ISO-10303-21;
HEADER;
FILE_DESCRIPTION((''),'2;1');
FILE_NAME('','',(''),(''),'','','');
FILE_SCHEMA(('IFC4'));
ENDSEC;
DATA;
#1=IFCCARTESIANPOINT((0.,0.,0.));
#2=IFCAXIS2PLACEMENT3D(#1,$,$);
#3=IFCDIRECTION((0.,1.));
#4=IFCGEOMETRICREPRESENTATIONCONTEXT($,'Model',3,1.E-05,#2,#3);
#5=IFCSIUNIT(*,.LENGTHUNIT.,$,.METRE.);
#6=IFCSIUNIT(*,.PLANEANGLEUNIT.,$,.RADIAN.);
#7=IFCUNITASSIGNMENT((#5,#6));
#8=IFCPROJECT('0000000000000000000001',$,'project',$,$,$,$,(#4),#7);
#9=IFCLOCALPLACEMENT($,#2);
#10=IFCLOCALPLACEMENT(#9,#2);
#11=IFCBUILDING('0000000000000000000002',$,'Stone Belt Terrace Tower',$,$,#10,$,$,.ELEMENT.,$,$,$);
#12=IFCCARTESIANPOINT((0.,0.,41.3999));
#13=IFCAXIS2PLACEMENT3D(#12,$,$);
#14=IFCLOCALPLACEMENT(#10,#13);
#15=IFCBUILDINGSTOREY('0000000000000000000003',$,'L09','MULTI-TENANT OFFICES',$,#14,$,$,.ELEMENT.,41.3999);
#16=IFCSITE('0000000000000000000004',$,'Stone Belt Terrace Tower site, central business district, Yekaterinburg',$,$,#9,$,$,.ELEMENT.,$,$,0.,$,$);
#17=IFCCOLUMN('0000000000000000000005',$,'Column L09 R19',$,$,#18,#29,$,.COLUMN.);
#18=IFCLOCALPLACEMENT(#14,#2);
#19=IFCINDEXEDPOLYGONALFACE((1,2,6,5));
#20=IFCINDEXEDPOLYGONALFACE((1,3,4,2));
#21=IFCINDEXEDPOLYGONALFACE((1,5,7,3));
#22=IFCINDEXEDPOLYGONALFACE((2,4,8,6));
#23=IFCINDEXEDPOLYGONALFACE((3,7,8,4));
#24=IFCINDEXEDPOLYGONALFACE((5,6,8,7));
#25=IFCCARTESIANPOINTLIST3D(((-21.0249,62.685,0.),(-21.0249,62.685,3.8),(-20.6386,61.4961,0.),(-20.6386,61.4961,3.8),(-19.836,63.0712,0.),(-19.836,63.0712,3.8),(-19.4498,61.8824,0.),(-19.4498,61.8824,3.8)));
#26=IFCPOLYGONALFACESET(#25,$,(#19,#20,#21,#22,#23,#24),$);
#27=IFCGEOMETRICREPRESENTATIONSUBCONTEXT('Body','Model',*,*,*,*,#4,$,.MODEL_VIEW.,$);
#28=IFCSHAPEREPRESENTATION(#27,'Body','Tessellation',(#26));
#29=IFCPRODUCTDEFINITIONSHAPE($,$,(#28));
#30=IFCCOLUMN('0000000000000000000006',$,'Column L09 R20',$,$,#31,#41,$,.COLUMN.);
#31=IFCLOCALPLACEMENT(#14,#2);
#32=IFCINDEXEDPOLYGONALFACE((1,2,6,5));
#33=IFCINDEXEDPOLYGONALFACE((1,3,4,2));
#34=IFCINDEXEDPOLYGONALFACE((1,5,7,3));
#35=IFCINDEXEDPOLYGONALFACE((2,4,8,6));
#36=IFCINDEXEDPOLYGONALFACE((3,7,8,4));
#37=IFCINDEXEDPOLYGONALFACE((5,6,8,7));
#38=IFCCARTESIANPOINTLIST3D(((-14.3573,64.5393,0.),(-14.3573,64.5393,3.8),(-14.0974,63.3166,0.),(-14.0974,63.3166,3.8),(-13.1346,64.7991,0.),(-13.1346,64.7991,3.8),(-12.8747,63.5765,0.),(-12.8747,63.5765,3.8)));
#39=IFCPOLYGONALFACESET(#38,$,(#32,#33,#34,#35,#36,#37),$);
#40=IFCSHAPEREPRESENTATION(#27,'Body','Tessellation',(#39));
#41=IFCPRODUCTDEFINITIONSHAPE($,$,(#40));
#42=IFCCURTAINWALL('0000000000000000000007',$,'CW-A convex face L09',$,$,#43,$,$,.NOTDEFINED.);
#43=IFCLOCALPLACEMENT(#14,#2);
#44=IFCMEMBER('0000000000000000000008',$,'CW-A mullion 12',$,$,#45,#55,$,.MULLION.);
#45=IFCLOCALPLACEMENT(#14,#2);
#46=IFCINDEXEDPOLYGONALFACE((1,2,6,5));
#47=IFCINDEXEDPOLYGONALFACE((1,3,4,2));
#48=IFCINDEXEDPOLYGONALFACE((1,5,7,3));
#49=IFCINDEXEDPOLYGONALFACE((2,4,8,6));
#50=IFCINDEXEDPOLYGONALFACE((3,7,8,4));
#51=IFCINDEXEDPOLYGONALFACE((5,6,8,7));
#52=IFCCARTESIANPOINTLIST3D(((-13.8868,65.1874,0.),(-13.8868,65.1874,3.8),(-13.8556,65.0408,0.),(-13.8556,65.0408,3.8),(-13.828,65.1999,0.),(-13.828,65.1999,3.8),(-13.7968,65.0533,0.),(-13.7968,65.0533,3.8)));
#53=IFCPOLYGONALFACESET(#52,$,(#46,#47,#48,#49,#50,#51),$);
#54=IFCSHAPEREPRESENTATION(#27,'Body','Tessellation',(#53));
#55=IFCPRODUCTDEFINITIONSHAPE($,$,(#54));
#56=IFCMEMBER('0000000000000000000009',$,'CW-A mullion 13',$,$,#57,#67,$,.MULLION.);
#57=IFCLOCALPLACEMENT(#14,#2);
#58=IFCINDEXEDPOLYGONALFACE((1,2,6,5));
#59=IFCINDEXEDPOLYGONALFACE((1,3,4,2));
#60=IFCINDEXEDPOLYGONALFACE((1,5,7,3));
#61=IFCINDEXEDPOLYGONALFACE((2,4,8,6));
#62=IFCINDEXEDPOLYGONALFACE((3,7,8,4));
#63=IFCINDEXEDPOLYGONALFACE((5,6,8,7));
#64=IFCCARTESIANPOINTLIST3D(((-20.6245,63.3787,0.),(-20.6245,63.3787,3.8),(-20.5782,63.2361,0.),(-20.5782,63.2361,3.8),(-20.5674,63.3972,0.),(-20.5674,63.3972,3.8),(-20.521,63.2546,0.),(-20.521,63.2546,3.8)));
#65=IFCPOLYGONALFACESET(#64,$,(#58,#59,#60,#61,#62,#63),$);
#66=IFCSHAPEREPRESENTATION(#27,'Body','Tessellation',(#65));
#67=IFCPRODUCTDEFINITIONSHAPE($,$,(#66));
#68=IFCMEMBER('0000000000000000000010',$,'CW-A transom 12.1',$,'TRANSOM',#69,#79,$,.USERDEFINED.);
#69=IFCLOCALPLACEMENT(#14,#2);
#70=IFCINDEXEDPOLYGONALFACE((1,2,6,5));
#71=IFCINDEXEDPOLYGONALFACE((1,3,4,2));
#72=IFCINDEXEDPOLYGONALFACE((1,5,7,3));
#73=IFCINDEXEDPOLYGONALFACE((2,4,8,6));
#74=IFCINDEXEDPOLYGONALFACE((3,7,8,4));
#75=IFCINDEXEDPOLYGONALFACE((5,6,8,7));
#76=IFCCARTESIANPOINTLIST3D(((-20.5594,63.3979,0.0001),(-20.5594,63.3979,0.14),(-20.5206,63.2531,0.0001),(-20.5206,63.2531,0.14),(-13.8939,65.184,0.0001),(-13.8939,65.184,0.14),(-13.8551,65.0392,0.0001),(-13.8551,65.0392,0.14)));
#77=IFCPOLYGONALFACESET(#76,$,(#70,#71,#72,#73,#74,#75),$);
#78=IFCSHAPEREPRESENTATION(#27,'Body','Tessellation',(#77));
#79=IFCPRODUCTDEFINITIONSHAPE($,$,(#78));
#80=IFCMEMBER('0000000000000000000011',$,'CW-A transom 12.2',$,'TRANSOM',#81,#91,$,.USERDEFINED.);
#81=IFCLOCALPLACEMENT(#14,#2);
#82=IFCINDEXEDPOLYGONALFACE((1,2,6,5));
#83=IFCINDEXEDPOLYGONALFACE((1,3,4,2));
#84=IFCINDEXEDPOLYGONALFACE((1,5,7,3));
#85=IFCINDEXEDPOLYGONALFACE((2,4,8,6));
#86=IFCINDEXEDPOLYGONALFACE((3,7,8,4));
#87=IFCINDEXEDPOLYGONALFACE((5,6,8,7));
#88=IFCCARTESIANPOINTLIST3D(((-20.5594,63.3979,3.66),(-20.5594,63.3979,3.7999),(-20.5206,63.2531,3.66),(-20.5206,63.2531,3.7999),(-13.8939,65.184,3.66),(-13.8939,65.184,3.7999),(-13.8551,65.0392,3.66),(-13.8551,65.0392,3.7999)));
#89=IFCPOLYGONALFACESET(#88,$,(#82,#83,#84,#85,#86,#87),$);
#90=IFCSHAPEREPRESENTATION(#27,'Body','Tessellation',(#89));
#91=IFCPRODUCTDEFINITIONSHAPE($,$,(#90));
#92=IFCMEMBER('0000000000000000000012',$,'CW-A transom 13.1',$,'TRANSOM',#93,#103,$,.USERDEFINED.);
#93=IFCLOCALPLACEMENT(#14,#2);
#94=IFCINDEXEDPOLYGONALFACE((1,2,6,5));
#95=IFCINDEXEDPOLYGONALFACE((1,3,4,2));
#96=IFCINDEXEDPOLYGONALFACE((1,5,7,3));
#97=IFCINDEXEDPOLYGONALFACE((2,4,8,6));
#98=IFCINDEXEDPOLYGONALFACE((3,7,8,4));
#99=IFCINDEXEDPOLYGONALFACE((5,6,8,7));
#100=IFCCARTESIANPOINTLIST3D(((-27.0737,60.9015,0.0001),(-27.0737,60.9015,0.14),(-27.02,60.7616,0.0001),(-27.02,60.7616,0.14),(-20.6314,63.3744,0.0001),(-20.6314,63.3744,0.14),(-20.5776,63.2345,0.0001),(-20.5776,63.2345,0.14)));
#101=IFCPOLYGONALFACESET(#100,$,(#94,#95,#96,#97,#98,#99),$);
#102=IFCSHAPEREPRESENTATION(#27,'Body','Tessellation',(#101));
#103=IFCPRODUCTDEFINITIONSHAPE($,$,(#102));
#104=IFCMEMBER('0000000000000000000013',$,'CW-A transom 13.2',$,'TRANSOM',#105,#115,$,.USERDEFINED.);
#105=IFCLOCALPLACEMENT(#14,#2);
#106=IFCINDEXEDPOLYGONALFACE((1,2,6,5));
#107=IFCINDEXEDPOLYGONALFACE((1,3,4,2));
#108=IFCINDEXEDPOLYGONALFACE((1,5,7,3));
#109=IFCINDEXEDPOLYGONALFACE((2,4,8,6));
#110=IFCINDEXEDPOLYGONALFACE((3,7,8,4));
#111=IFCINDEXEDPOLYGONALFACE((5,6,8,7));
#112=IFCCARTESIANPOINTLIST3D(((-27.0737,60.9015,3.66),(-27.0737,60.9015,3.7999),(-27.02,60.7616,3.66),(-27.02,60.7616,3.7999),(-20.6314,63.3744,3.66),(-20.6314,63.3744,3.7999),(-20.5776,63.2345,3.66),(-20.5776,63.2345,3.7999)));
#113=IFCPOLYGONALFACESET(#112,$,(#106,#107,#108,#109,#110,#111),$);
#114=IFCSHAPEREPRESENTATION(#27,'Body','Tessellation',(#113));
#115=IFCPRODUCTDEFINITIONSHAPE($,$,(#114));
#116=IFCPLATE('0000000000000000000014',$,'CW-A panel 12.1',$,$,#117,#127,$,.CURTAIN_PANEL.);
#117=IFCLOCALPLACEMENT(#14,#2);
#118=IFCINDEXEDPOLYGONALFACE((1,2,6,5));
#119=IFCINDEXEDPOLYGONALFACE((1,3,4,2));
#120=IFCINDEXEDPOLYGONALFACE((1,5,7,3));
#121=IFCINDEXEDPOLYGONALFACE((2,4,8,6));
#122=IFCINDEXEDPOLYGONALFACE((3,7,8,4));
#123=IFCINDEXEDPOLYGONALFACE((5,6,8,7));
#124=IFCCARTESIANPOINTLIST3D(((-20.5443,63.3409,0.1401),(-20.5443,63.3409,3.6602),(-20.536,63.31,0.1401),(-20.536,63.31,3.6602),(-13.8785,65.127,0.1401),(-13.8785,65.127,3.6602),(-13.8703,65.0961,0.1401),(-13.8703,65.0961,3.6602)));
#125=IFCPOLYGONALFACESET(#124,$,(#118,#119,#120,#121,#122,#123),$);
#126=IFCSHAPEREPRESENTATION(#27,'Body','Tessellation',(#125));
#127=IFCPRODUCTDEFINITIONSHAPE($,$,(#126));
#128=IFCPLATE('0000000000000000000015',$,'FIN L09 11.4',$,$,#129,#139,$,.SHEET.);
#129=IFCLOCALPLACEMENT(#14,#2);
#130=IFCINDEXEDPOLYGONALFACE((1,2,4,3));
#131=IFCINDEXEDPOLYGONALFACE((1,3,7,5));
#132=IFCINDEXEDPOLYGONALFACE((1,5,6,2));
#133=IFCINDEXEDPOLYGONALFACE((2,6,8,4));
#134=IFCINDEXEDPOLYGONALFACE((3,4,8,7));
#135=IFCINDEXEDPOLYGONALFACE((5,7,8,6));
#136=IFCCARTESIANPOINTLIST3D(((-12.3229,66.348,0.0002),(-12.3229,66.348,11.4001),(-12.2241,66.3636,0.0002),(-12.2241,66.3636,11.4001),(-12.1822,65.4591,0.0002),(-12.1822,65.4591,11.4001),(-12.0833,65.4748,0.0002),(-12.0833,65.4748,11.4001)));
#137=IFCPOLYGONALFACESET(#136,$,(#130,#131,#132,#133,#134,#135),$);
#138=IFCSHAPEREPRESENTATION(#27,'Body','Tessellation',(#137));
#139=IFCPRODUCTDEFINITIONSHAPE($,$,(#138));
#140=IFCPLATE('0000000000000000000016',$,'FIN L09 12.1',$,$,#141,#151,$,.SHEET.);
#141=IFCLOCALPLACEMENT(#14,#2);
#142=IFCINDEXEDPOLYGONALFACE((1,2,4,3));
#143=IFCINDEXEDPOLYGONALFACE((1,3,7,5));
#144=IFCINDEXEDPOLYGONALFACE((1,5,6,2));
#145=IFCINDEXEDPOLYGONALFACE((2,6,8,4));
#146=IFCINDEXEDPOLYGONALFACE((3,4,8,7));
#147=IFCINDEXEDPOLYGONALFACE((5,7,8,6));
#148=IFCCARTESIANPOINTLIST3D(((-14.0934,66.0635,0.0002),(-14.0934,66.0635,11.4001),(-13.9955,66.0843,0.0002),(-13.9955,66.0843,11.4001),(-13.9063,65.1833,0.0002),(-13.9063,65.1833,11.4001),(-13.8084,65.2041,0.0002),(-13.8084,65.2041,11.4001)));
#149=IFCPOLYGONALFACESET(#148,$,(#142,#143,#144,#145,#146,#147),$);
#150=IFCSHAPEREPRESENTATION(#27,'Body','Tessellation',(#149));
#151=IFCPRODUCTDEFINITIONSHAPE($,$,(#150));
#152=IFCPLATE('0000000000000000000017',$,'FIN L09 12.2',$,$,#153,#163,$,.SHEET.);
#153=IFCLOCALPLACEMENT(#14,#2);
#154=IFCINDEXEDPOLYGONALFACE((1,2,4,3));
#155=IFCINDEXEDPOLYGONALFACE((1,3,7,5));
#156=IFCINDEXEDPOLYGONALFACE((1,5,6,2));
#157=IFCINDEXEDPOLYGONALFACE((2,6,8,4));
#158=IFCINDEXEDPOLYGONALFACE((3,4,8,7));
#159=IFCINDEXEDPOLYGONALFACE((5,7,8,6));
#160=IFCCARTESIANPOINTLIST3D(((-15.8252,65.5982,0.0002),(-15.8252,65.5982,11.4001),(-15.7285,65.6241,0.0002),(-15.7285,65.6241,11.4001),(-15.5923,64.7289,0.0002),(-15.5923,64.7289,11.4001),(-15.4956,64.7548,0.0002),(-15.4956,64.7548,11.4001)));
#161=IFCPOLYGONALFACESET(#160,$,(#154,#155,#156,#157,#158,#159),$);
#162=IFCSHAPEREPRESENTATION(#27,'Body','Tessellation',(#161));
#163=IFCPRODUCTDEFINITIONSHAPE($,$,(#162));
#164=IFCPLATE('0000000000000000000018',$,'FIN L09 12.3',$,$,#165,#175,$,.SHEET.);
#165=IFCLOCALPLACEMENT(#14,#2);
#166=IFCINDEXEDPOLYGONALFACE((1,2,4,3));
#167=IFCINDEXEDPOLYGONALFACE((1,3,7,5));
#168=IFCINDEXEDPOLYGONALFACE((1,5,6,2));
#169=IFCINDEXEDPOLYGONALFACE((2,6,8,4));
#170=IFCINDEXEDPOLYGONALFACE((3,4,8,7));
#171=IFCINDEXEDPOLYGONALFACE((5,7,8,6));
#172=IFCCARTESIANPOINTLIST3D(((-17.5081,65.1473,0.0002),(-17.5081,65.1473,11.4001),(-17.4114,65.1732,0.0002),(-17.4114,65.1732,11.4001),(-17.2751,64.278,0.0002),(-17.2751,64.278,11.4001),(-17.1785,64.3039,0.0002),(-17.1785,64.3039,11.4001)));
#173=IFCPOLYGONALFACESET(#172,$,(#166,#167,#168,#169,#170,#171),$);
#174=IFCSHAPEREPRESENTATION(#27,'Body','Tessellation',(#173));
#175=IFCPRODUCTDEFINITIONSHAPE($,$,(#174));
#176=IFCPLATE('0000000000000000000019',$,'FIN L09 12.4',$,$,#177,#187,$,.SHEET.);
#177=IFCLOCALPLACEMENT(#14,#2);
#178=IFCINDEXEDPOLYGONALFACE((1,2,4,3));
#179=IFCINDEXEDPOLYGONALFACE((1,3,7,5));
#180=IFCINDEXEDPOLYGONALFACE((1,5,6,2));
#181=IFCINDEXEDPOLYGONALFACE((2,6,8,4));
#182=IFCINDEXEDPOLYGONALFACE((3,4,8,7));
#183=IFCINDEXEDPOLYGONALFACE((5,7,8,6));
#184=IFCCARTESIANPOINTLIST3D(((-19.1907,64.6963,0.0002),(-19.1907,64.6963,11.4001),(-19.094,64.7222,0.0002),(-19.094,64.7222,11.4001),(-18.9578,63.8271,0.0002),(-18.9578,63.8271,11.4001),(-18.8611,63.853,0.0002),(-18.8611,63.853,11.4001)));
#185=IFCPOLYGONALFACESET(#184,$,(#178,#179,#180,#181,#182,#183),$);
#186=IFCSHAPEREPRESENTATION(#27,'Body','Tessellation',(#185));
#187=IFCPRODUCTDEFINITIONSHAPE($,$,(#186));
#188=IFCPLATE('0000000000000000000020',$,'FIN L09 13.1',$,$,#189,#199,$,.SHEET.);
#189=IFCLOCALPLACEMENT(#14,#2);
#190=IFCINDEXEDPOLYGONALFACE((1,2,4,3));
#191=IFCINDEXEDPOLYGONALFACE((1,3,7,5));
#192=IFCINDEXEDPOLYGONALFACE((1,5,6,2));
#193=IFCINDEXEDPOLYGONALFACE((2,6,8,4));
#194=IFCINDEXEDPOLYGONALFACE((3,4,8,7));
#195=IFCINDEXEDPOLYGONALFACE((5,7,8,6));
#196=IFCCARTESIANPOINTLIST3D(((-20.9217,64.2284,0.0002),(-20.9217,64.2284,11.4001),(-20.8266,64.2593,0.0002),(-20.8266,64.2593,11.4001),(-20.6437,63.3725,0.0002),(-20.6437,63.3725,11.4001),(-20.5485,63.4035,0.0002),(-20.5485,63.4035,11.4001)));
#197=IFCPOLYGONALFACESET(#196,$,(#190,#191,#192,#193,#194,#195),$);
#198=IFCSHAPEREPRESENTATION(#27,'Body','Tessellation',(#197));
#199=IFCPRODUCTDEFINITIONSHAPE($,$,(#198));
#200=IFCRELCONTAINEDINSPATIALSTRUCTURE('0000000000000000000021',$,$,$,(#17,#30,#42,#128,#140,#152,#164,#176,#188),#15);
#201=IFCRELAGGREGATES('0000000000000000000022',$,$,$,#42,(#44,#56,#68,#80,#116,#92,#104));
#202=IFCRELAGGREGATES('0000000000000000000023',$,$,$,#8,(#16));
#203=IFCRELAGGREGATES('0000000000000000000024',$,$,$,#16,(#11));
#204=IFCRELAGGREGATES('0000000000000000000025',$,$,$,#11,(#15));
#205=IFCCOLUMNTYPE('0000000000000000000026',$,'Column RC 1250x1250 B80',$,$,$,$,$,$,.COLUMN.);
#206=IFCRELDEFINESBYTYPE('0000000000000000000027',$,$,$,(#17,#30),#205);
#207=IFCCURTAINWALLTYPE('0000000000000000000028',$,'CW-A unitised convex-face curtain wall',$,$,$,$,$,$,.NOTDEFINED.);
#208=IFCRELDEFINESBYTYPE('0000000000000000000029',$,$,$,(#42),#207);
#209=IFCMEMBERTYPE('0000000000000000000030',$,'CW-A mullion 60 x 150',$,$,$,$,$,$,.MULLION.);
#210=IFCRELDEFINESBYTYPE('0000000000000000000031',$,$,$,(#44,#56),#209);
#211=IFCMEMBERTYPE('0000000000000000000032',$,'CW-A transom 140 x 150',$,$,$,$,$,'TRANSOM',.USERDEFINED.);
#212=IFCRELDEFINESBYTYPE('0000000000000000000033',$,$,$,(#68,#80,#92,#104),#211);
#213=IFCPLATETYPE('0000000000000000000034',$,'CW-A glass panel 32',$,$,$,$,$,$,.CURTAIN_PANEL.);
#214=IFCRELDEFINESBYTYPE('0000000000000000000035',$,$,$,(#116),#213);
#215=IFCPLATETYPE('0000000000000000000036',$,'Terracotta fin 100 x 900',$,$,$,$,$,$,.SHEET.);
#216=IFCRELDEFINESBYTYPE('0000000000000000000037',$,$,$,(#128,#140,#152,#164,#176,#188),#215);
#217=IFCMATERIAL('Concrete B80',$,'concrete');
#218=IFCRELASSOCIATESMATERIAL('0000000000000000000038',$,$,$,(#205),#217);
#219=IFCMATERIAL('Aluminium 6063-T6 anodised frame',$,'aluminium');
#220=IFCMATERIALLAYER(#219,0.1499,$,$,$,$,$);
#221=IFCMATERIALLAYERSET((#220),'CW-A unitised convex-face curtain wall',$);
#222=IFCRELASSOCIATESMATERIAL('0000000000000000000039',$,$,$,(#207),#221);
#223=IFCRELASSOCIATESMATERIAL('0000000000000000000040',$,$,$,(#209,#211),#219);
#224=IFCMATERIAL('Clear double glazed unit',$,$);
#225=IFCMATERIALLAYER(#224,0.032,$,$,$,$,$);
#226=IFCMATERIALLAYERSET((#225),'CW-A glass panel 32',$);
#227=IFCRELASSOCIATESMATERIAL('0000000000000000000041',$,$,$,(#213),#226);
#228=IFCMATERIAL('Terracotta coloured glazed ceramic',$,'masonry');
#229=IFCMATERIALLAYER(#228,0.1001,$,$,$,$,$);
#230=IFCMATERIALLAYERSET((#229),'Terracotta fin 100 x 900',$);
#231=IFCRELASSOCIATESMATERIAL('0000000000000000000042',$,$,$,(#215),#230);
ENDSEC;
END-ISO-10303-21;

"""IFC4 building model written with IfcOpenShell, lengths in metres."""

from ifc_helpers import new_model, si_unit, direction, frame, origin, origin_2d, place, context, subcontext, project, spatial, rectangle, extrude, material, layer, layer_set, material_profile, profile_set, type_object, element, aggregate, save


model = new_model("IFC4")

# Units and contexts
model_context = context("Model", 3, precision=1e-05, world=origin(), true_north=direction((0.0, 1.0)))
body_context = subcontext(model_context, "Body", "Model", "MODEL_VIEW")
ifc_project = project(units=[si_unit("LENGTHUNIT", "METRE"), si_unit("PLANEANGLEUNIT", "RADIAN")], contexts=[model_context])

# Site, building, storey
site_placement = place(None, origin())
site = spatial("IfcSite", under=ifc_project, at=site_placement, Name="Stone Belt Terrace Tower site, central business district, Yekaterinburg", CompositionType="ELEMENT", RefElevation=0.0)
building_placement = place(site_placement, origin())
building = spatial("IfcBuilding", under=site, at=building_placement, Name="Stone Belt Terrace Tower", CompositionType="ELEMENT")
storey_placement = place(building_placement, frame((0.0, 0.0, 41.3999)))
storey = spatial("IfcBuildingStorey", under=building, at=storey_placement, Name="L09", Description="MULTI-TENANT OFFICES", CompositionType="ELEMENT", Elevation=41.3999)

# Columns
ifc_material_1 = material(Name="Concrete B80", Category="concrete")
ifc_material_profile_1 = material_profile(ifc_material_1, rectangle(XDim=1.25, YDim=1.25, at=origin_2d()), Name="RC 1250x1250")
ifc_profile_set_1 = profile_set([ifc_material_profile_1], Name="Concrete B80")
column_type = type_object("IfcColumnType", Name="Column RC 1250x1250 B80", PredefinedType="COLUMN", material=ifc_profile_set_1)
for number, where, z_axis, x_axis, name in (
    (1, (-20.2373, 62.2837, 0.0), (0.0, 0.0, 1.0), (0.951057, 0.309017, 0.0), "Column L09 R19"),
    (2, (-13.616, 64.0579, 0.0), (0.0, 0.0, 1.0), (0.978148, 0.207912, 0.0), "Column L09 R20"),
):
    element("IfcColumn", number, at=place(storey_placement, frame(where, z_axis=z_axis, x_axis=x_axis)), inside=storey, type_object=column_type, Name=name, PredefinedType="COLUMN", context=body_context, shape_type="SweptSolid", body=[
        extrude(rectangle(XDim=1.25, YDim=1.25, at=origin_2d()), origin(), (0.0, 0.0, 1.0), 3.8),
    ])

# Curtain wall, members, plate
ifc_material_2 = material(Name="Aluminium 6063-T6 anodised frame", Category="aluminium")
ifc_layer_1 = layer(ifc_material_2, 0.1499)
ifc_layer_set_1 = layer_set([ifc_layer_1], Name="CW-A unitised convex-face curtain wall")
curtain_wall_type = type_object("IfcCurtainWallType", Name="CW-A unitised convex-face curtain wall", PredefinedType="NOTDEFINED", material=ifc_layer_set_1)
curtain_wall_placement = place(storey_placement, origin())
curtain_wall = element("IfcCurtainWall", 3, at=curtain_wall_placement, inside=storey, type_object=curtain_wall_type, Name="CW-A convex face L09", PredefinedType="NOTDEFINED")
ifc_material_profile_2 = material_profile(ifc_material_2, rectangle(XDim=0.1499, YDim=0.0601, at=origin_2d()), Name="Aluminium 6063-T6 60x150")
ifc_profile_set_2 = profile_set([ifc_material_profile_2], Name="Aluminium 6063-T6 anodised frame")
member_type_1 = type_object("IfcMemberType", Name="CW-A mullion 60 x 150", PredefinedType="MULLION", material=ifc_profile_set_2)
member_1_placement = place(storey_placement, frame((-13.8418, 65.1204, 0.0), z_axis=(0.0, 0.0, 1.0), x_axis=(0.207912, -0.978148, 0.0)))
member_1 = element("IfcMember", 4, at=member_1_placement, type_object=member_type_1, Name="CW-A mullion 12", PredefinedType="MULLION", context=body_context, shape_type="SweptSolid", body=[
    extrude(rectangle(XDim=0.1499, YDim=0.0601, at=origin_2d()), origin(), (0.0, 0.0, 1.0), 3.8),
])
member_2_placement = place(storey_placement, frame((-20.5728, 63.3167, 0.0), z_axis=(0.0, 0.0, 1.0), x_axis=(0.309017, -0.951057, 0.0)))
member_2 = element("IfcMember", 5, at=member_2_placement, type_object=member_type_1, Name="CW-A mullion 13", PredefinedType="MULLION", context=body_context, shape_type="SweptSolid", body=[
    extrude(rectangle(XDim=0.1499, YDim=0.0601, at=origin_2d()), origin(), (0.0, 0.0, 1.0), 3.8),
])
ifc_material_profile_3 = material_profile(ifc_material_2, rectangle(XDim=0.1499, YDim=0.1399, at=origin_2d()), Name="Aluminium 6063-T6 150x140")
ifc_profile_set_3 = profile_set([ifc_material_profile_3], Name="Aluminium 6063-T6 anodised frame")
member_type_2 = type_object("IfcMemberType", Name="CW-A transom 140 x 150", ElementType="TRANSOM", PredefinedType="USERDEFINED", material=ifc_profile_set_3)
member_3_placement = place(storey_placement, frame((-13.8745, 65.1116, 0.0701), z_axis=(-0.965922, -0.258834, 0.0), x_axis=(0.258834, -0.965922, 0.0)))
member_3 = element("IfcMember", 6, at=member_3_placement, type_object=member_type_2, Name="CW-A transom 12.1", ObjectType="TRANSOM", PredefinedType="USERDEFINED", context=body_context, shape_type="SweptSolid", body=[
    extrude(rectangle(XDim=0.1499, YDim=0.1399, at=origin_2d()), origin(), (0.0, 0.0, 1.0), 6.9006),
])
member_4_placement = place(storey_placement, frame((-13.8745, 65.1116, 3.73), z_axis=(-0.965922, -0.258834, 0.0), x_axis=(0.258834, -0.965922, 0.0)))
member_4 = element("IfcMember", 7, at=member_4_placement, type_object=member_type_2, Name="CW-A transom 12.2", ObjectType="TRANSOM", PredefinedType="USERDEFINED", context=body_context, shape_type="SweptSolid", body=[
    extrude(rectangle(XDim=0.1499, YDim=0.1399, at=origin_2d()), origin(), (0.0, 0.0, 1.0), 6.9006),
])
member_5_placement = place(storey_placement, frame((-20.6045, 63.3044, 0.0701), z_axis=(-0.933585, -0.358355, 0.0), x_axis=(0.358355, -0.933585, 0.0)))
member_5 = element("IfcMember", 8, at=member_5_placement, type_object=member_type_2, Name="CW-A transom 13.1", ObjectType="TRANSOM", PredefinedType="USERDEFINED", context=body_context, shape_type="SweptSolid", body=[
    extrude(rectangle(XDim=0.1499, YDim=0.1399, at=origin_2d()), origin(), (0.0, 0.0, 1.0), 6.9006),
])
member_6_placement = place(storey_placement, frame((-20.6045, 63.3044, 3.73), z_axis=(-0.933585, -0.358355, 0.0), x_axis=(0.358355, -0.933585, 0.0)))
member_6 = element("IfcMember", 9, at=member_6_placement, type_object=member_type_2, Name="CW-A transom 13.2", ObjectType="TRANSOM", PredefinedType="USERDEFINED", context=body_context, shape_type="SweptSolid", body=[
    extrude(rectangle(XDim=0.1499, YDim=0.1399, at=origin_2d()), origin(), (0.0, 0.0, 1.0), 6.9006),
])
ifc_material_3 = material(Name="Clear double glazed unit")
ifc_layer_2 = layer(ifc_material_3, 0.032)
ifc_layer_set_2 = layer_set([ifc_layer_2], Name="CW-A glass panel 32")
plate_type_1 = type_object("IfcPlateType", Name="CW-A glass panel 32", PredefinedType="CURTAIN_PANEL", material=ifc_layer_set_2)
plate_placement = place(storey_placement, frame((-17.2073, 64.2185, 0.1401), z_axis=(0.0, 0.0, 1.0), x_axis=(-0.965926, -0.258819, 0.0)))
plate = element("IfcPlate", 10, at=plate_placement, type_object=plate_type_1, Name="CW-A panel 12.1", PredefinedType="CURTAIN_PANEL", context=body_context, shape_type="SweptSolid", body=[
    extrude(rectangle(XDim=6.9009, YDim=0.032, at=origin_2d()), origin(), (0.0, 0.0, 1.0), 3.52),
])
aggregate(curtain_wall, [member_1, member_2, member_3, member_4, plate, member_5, member_6])

# Plates
ifc_material_4 = material(Name="Terracotta coloured glazed ceramic", Category="masonry")
ifc_layer_3 = layer(ifc_material_4, 0.1001)
ifc_layer_set_3 = layer_set([ifc_layer_3], Name="Terracotta fin 100 x 900")
plate_type_2 = type_object("IfcPlateType", Name="Terracotta fin 100 x 900", PredefinedType="SHEET", material=ifc_layer_set_3)
for number, where, z_axis, x_axis, name in (
    (11, (-12.2031, 65.9114, 0.0002), (0.0, 0.0, 1.0), (-0.156434, 0.987688, 0.0), "FIN L09 11.4"),
    (12, (-13.9509, 65.6338, 0.0002), (0.0, 0.0, 1.0), (-0.207912, 0.978148, 0.0), "FIN L09 12.1"),
    (13, (-15.6604, 65.1765, 0.0002), (0.0, 0.0, 1.0), (-0.258819, 0.965926, 0.0), "FIN L09 12.2"),
    (14, (-17.3433, 64.7256, 0.0002), (0.0, 0.0, 1.0), (-0.258819, 0.965926, 0.0), "FIN L09 12.3"),
    (15, (-19.0259, 64.2747, 0.0002), (0.0, 0.0, 1.0), (-0.258819, 0.965926, 0.0), "FIN L09 12.4"),
    (16, (-20.7351, 63.8159, 0.0002), (0.0, 0.0, 1.0), (-0.309017, 0.951057, 0.0), "FIN L09 13.1"),
):
    element("IfcPlate", number, at=place(storey_placement, frame(where, z_axis=z_axis, x_axis=x_axis)), inside=storey, type_object=plate_type_2, Name=name, PredefinedType="SHEET", context=body_context, shape_type="SweptSolid", body=[
        extrude(rectangle(XDim=0.8999, YDim=0.1001, at=origin_2d()), origin(), (0.0, 0.0, 1.0), 11.3999),
    ])

save(model, "model.ifc")
